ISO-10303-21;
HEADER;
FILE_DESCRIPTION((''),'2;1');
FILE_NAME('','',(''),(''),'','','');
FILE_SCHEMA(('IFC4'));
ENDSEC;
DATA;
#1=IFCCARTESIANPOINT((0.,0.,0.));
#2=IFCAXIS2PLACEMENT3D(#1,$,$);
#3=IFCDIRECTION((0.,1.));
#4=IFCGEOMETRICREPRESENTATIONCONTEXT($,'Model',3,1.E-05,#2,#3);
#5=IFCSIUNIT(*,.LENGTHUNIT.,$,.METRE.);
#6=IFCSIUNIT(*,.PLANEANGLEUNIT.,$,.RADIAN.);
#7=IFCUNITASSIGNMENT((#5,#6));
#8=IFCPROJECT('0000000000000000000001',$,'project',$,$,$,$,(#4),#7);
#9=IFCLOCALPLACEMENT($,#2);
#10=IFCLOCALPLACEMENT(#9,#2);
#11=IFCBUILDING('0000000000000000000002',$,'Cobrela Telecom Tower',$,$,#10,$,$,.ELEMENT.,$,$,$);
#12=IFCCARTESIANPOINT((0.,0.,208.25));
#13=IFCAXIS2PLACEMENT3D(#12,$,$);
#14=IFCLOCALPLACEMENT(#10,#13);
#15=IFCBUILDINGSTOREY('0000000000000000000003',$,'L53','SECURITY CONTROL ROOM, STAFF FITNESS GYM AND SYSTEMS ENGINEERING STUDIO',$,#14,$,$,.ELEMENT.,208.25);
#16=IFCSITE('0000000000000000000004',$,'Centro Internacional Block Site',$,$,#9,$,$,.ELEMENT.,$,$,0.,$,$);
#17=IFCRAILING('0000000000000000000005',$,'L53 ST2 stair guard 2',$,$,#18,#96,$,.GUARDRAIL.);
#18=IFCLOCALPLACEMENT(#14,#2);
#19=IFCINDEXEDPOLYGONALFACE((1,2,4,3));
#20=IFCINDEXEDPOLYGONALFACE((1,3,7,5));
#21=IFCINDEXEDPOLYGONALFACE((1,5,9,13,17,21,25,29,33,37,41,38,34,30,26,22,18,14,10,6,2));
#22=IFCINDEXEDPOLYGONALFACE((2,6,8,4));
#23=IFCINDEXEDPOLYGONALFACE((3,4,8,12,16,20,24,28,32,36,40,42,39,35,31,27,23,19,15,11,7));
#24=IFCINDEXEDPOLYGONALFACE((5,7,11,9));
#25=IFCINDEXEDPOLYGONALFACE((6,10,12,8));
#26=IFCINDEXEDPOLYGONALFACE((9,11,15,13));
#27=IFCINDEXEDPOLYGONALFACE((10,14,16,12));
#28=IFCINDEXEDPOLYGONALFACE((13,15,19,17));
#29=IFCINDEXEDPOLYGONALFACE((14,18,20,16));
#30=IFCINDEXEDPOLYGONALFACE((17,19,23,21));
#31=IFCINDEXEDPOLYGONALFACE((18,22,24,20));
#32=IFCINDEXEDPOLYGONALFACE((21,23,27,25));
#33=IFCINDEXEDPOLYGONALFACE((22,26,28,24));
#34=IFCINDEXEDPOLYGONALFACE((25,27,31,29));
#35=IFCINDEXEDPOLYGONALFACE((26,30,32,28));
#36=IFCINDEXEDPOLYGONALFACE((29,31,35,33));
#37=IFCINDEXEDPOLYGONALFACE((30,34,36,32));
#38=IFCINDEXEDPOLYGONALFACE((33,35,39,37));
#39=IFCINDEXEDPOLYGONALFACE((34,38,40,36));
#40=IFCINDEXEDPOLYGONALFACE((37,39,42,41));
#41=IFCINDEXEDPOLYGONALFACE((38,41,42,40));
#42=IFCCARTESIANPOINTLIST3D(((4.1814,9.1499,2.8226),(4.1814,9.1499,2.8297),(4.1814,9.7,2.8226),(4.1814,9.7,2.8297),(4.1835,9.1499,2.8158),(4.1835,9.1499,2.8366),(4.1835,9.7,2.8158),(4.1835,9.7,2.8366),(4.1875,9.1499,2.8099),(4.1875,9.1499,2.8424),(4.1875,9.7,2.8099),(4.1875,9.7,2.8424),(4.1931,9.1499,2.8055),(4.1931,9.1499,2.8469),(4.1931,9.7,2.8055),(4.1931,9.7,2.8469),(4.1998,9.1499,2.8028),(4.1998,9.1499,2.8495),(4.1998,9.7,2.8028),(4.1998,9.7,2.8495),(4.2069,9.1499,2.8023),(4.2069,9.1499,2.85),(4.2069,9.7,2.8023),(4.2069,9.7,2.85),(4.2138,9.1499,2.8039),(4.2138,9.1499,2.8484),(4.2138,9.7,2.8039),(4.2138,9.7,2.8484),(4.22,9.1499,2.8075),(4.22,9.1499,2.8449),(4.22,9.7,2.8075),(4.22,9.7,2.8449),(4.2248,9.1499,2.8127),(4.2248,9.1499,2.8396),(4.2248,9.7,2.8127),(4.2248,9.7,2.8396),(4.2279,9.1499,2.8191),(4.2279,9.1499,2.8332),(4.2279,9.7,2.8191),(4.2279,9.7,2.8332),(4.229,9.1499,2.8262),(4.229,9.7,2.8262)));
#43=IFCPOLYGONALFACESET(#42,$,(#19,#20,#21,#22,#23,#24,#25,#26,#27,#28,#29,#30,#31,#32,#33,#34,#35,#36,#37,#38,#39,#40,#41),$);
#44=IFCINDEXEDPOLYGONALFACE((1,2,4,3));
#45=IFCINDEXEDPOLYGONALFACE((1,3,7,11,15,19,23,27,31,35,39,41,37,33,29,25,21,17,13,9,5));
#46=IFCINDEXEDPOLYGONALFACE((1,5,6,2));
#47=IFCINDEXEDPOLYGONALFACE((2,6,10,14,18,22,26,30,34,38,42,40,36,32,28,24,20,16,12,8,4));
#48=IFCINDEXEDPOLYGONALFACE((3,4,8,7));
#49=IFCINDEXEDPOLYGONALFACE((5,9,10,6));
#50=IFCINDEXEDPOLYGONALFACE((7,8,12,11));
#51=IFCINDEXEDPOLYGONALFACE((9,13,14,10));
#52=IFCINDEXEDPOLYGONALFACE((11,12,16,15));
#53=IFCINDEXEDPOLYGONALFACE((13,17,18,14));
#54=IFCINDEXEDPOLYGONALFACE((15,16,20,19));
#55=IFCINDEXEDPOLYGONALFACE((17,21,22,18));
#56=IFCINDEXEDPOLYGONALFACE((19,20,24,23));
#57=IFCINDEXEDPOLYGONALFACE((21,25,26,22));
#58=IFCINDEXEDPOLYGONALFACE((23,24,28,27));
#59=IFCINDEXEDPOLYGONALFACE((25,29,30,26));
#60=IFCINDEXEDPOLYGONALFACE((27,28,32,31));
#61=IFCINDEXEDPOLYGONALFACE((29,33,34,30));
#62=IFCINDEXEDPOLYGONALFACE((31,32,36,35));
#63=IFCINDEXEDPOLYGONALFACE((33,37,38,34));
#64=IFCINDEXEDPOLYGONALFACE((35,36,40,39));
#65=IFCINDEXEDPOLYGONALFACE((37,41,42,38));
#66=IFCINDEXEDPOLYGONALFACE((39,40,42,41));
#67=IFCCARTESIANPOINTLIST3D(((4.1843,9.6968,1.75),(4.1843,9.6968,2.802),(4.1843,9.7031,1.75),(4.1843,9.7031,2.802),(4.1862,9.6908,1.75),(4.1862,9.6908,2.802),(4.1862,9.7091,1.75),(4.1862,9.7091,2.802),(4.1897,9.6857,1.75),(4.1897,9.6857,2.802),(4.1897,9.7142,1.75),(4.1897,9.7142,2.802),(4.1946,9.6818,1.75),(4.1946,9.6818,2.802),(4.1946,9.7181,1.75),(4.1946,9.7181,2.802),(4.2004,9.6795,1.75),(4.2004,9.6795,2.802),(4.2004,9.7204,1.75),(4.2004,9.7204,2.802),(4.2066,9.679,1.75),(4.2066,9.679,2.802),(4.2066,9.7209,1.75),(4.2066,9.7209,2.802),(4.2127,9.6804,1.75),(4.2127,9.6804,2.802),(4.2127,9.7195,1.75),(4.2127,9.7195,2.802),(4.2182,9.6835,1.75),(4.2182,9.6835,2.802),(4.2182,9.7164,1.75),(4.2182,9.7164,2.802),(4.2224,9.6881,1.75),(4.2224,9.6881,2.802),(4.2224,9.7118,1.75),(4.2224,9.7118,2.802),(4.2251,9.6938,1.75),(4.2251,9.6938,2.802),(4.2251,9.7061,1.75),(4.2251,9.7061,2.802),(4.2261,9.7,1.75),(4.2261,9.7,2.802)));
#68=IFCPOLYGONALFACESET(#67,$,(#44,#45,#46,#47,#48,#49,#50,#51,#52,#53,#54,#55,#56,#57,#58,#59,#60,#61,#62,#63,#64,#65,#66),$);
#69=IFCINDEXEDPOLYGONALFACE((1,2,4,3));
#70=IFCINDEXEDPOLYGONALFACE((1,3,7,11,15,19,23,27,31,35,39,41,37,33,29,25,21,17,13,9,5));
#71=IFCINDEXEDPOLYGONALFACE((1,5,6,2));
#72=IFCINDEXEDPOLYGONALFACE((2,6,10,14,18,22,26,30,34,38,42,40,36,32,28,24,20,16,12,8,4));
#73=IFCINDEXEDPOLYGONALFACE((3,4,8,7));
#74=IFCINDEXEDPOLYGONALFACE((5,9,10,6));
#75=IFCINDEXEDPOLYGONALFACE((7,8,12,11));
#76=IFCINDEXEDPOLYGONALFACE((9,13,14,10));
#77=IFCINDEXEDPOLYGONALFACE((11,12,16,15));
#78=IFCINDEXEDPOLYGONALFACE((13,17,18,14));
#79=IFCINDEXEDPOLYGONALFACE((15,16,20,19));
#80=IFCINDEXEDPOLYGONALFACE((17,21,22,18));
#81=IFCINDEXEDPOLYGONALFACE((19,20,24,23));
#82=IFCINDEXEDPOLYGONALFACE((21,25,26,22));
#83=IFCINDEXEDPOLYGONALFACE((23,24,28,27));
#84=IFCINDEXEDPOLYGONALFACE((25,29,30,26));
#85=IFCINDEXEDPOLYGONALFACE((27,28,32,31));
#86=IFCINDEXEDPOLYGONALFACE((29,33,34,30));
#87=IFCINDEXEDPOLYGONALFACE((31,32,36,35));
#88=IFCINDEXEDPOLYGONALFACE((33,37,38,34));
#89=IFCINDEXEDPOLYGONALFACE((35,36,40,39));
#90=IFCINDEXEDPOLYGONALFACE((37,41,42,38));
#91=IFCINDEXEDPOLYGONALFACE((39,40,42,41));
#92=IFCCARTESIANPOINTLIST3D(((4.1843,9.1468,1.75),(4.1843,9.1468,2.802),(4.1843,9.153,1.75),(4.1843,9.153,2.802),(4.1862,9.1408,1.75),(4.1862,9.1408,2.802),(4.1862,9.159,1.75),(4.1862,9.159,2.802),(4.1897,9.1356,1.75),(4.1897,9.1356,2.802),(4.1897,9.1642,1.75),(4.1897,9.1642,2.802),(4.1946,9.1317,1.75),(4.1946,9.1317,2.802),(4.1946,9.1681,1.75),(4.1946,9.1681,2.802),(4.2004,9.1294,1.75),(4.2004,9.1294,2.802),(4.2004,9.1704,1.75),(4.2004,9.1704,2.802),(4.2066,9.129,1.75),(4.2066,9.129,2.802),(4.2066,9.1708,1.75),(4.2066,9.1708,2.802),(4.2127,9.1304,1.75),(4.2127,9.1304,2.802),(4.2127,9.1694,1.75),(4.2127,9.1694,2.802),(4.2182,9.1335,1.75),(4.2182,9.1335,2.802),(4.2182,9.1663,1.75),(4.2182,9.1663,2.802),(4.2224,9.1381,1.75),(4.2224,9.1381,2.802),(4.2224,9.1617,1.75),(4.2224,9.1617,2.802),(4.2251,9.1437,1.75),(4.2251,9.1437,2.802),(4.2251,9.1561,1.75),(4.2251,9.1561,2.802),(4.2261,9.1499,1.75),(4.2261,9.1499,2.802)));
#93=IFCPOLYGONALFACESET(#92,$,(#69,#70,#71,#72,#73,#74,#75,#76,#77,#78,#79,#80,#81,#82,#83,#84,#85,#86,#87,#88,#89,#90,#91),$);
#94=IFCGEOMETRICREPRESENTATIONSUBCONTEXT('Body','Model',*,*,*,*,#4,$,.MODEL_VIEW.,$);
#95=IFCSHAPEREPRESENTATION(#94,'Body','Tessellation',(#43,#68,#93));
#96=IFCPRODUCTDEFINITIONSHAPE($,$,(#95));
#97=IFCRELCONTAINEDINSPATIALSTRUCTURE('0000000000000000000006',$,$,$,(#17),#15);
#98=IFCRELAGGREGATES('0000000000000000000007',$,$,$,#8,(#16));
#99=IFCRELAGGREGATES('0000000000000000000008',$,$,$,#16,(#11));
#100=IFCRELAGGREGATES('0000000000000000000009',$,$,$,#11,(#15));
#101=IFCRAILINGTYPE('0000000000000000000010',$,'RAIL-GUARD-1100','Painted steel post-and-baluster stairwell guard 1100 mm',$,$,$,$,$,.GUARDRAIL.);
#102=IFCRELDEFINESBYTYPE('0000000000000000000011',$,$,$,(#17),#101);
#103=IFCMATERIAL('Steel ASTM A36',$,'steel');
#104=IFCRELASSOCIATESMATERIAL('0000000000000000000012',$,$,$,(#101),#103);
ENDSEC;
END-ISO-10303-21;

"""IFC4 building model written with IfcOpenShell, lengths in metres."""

from ifc_helpers import new_model, si_unit, direction, frame, origin, origin_2d, place, context, subcontext, project, spatial, circle, extrude, material, type_object, element, save


model = new_model("IFC4")

# Units and contexts
model_context = context("Model", 3, precision=1e-05, world=origin(), true_north=direction((0.0, 1.0)))
body_context = subcontext(model_context, "Body", "Model", "MODEL_VIEW")
ifc_project = project(units=[si_unit("LENGTHUNIT", "METRE"), si_unit("PLANEANGLEUNIT", "RADIAN")], contexts=[model_context])

# Site, building, storey
site_placement = place(None, origin())
site = spatial("IfcSite", under=ifc_project, at=site_placement, Name="Centro Internacional Block Site", CompositionType="ELEMENT", RefElevation=0.0)
building_placement = place(site_placement, origin())
building = spatial("IfcBuilding", under=site, at=building_placement, Name="Cobrela Telecom Tower", CompositionType="ELEMENT")
storey_placement = place(building_placement, frame((0.0, 0.0, 208.25)))
storey = spatial("IfcBuildingStorey", under=building, at=storey_placement, Name="L53", Description="SECURITY CONTROL ROOM, STAFF FITNESS GYM AND SYSTEMS ENGINEERING STUDIO", CompositionType="ELEMENT", Elevation=208.25)

# Shared definitions
ifc_material_1 = material(Name="Steel ASTM A36", Category="steel")

# Railing
railing_type = type_object("IfcRailingType", Name="RAIL-GUARD-1100", Description="Painted steel post-and-baluster stairwell guard 1100 mm", PredefinedType="GUARDRAIL", material=ifc_material_1)
railing_1_placement = place(storey_placement, frame((4.2051, 9.7, 1.75)))
element("IfcRailing", 1, at=railing_1_placement, inside=storey, type_object=railing_type, Name="L53 ST2 stair guard 2", PredefinedType="GUARDRAIL", context=body_context, shape_type="SweptSolid", body=[
    extrude(circle(Radius=0.0239, at=origin_2d()), frame((0.0, 0.0, 1.0762), z_axis=(0.0, -1.0, 0.0), x_axis=(1.0, 0.0, 0.0)), (0.0, 0.0, 1.0), 0.55),
    extrude(circle(Radius=0.021, at=origin_2d()), origin(), (0.0, 0.0, 1.0), 1.052),
    extrude(circle(Radius=0.021, at=origin_2d()), frame((0.0, -0.55, 0.0)), (0.0, 0.0, 1.0), 1.052),
])

save(model, "model.ifc")
